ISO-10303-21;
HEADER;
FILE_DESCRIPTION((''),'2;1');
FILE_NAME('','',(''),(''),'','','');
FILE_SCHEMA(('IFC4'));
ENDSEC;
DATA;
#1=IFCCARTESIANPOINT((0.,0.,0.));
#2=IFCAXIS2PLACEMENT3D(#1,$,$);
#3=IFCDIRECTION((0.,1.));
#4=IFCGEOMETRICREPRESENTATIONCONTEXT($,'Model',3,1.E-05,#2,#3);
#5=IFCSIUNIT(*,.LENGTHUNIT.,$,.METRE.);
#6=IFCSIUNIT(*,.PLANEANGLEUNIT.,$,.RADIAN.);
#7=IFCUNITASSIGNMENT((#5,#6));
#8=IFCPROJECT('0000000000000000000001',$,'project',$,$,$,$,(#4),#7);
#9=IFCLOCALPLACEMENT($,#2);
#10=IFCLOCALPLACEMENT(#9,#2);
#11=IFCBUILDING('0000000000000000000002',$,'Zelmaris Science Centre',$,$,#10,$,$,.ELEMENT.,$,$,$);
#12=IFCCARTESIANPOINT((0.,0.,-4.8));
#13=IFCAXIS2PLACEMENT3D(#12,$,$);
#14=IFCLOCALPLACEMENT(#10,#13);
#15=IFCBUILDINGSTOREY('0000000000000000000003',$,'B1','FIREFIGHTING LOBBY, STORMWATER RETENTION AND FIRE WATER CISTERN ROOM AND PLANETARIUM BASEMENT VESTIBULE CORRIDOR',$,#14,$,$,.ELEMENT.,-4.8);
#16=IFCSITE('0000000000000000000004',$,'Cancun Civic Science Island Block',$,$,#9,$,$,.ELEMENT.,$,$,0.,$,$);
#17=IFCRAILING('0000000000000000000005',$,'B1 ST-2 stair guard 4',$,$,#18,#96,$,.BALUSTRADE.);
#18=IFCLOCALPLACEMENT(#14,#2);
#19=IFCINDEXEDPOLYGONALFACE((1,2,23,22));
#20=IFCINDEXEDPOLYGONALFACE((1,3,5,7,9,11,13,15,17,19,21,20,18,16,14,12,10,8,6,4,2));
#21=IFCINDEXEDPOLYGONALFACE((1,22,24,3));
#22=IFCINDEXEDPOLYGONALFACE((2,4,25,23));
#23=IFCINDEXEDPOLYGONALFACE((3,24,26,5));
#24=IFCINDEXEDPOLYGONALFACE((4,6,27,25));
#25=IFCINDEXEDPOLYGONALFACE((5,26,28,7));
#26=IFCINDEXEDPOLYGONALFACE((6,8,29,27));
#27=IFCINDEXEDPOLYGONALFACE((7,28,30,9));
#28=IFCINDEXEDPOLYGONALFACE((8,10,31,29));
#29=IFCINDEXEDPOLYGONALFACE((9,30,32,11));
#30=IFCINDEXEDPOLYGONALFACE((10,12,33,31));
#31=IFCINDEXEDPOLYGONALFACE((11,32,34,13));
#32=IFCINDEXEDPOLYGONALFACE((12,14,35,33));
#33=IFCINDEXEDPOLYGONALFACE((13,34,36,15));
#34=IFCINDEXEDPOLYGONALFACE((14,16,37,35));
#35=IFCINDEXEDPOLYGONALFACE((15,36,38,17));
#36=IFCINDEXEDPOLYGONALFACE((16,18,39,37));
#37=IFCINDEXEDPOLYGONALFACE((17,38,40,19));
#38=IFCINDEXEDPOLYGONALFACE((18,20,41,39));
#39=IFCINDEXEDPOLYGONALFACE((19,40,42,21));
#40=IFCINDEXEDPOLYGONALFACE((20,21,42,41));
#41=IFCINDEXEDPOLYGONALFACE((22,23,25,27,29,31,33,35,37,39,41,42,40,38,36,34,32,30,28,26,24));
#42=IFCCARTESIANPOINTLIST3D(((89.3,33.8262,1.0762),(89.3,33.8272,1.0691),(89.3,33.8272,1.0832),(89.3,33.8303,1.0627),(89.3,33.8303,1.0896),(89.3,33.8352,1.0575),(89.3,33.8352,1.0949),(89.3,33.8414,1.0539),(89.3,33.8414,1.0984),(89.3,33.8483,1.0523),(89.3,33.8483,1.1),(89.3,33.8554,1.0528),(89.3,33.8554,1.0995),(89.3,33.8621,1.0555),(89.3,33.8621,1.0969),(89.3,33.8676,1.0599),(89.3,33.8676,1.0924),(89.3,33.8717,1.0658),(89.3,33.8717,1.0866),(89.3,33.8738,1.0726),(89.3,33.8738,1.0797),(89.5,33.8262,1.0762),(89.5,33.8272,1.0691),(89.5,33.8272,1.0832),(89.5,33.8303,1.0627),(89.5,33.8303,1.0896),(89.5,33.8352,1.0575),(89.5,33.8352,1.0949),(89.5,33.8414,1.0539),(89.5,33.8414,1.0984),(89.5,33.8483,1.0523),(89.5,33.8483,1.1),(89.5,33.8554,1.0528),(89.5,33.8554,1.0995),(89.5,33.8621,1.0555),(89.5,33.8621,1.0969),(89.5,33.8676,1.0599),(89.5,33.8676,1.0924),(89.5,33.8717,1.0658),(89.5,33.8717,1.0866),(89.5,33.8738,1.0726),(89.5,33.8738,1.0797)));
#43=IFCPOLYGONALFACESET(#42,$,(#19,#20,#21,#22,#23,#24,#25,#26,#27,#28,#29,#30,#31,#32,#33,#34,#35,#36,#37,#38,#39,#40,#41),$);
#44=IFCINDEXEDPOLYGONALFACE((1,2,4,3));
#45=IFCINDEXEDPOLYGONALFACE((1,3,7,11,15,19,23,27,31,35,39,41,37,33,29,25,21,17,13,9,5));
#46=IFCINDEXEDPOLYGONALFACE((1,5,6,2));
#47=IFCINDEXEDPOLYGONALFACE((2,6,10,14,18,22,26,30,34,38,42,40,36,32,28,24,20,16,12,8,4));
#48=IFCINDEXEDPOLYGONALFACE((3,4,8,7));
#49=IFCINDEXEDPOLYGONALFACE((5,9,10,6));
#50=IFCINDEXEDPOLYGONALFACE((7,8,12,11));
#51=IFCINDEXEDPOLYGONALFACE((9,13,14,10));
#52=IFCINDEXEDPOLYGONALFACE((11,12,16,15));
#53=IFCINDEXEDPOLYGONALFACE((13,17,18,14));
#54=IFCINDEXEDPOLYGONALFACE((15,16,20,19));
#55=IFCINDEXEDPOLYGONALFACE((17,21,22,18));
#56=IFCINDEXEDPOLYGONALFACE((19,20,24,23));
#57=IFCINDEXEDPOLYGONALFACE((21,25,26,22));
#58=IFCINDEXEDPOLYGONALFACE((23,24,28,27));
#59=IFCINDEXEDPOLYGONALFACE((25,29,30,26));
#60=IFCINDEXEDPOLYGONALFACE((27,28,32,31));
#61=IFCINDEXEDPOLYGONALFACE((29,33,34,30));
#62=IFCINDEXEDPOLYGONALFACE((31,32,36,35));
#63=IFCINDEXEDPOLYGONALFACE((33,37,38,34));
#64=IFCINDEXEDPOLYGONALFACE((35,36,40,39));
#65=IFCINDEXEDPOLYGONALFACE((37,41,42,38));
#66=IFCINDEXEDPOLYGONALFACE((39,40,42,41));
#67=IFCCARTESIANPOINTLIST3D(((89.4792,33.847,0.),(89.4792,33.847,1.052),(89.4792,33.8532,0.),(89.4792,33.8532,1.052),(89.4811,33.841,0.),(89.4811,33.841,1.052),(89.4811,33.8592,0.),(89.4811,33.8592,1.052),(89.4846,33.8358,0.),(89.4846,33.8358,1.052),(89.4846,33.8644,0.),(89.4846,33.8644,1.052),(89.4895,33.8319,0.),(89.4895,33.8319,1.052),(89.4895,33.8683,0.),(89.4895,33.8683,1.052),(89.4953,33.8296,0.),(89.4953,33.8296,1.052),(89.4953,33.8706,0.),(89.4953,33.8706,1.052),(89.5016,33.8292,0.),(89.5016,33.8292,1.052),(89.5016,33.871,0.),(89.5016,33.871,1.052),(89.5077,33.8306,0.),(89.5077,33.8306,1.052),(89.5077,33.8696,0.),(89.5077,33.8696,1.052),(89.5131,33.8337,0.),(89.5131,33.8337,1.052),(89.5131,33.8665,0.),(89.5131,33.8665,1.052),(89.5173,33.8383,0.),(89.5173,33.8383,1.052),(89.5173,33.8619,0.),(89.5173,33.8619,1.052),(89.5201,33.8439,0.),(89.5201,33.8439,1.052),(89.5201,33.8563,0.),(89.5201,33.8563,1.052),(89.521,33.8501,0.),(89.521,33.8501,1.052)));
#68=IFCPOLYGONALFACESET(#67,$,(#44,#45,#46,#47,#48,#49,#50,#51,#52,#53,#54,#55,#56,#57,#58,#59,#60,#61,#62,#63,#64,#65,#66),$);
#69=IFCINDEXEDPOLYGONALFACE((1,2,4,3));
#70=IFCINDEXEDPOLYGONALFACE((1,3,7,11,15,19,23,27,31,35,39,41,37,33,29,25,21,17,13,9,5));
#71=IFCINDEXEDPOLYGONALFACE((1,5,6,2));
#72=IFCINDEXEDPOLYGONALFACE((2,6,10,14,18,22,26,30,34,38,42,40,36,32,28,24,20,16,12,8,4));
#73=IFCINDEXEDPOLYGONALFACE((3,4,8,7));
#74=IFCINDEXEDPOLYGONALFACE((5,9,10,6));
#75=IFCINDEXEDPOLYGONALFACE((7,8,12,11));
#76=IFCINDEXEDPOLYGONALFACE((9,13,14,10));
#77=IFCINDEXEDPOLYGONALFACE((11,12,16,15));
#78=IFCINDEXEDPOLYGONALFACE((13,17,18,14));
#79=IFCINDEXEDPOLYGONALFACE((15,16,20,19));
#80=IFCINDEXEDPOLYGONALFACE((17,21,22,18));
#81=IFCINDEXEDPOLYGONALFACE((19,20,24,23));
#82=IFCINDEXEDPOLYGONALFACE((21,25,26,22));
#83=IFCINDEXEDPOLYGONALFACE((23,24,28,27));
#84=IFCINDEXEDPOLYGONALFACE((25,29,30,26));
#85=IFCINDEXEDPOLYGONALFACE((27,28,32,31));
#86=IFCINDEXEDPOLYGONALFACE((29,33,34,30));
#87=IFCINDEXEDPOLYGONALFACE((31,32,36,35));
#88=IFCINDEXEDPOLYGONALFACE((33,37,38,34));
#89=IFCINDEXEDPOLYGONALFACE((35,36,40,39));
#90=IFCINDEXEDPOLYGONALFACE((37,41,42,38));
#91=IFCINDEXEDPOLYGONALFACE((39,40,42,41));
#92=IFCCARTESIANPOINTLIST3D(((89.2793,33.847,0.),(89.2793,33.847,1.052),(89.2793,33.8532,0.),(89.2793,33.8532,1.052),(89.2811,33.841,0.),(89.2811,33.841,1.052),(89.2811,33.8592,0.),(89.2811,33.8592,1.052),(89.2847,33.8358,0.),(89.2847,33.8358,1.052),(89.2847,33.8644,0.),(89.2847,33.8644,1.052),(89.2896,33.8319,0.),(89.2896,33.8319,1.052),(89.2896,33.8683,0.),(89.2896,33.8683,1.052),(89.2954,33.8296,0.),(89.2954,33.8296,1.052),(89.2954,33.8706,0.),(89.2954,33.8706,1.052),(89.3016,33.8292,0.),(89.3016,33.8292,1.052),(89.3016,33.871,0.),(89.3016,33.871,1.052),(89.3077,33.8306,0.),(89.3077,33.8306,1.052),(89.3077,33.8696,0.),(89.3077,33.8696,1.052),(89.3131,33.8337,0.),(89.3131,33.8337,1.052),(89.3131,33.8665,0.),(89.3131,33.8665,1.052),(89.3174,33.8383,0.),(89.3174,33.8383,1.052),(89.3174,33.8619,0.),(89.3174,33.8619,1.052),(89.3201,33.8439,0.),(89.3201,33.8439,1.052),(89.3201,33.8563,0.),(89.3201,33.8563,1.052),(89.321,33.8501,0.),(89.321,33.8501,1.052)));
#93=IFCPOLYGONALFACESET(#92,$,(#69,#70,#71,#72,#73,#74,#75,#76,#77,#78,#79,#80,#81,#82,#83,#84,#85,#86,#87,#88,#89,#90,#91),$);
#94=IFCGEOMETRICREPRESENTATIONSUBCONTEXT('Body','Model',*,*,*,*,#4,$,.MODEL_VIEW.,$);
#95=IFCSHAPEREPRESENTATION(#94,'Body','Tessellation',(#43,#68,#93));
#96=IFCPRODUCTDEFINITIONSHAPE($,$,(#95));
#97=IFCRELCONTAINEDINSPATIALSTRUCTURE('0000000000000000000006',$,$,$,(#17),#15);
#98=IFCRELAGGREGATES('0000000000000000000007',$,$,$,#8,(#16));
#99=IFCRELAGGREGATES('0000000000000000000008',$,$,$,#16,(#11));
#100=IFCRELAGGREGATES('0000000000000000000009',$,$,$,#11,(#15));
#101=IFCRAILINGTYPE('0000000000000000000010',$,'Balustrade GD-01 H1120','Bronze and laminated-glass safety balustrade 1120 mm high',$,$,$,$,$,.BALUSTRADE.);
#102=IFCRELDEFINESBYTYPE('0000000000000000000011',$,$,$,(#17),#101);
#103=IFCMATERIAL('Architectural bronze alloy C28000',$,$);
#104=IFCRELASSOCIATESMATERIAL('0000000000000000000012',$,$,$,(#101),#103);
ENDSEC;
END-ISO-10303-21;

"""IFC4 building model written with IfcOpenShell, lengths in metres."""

from ifc_helpers import new_model, si_unit, direction, frame, origin, origin_2d, place, context, subcontext, project, spatial, circle, extrude, material, type_object, element, save


model = new_model("IFC4")

# Units and contexts
model_context = context("Model", 3, precision=1e-05, world=origin(), true_north=direction((0.0, 1.0)))
body_context = subcontext(model_context, "Body", "Model", "MODEL_VIEW")
ifc_project = project(units=[si_unit("LENGTHUNIT", "METRE"), si_unit("PLANEANGLEUNIT", "RADIAN")], contexts=[model_context])

# Site, building, storey
site_placement = place(None, origin())
site = spatial("IfcSite", under=ifc_project, at=site_placement, Name="Cancun Civic Science Island Block", CompositionType="ELEMENT", RefElevation=0.0)
building_placement = place(site_placement, origin())
building = spatial("IfcBuilding", under=site, at=building_placement, Name="Zelmaris Science Centre", CompositionType="ELEMENT")
storey_placement = place(building_placement, frame((0.0, 0.0, -4.8)))
storey = spatial("IfcBuildingStorey", under=building, at=storey_placement, Name="B1", Description="FIREFIGHTING LOBBY, STORMWATER RETENTION AND FIRE WATER CISTERN ROOM AND PLANETARIUM BASEMENT VESTIBULE CORRIDOR", CompositionType="ELEMENT", Elevation=-4.8)

# Railing
ifc_material_1 = material(Name="Architectural bronze alloy C28000")
railing_type_1 = type_object("IfcRailingType", Name="Balustrade GD-01 H1120", Description="Bronze and laminated-glass safety balustrade 1120 mm high", PredefinedType="BALUSTRADE", material=ifc_material_1)
railing_1_placement = place(storey_placement, frame((89.5, 33.8501, 0.0)))
element("IfcRailing", 1, at=railing_1_placement, inside=storey, type_object=railing_type_1, Name="B1 ST-2 stair guard 4", PredefinedType="BALUSTRADE", context=body_context, shape_type="SweptSolid", body=[
    extrude(circle(Radius=0.0239, at=origin_2d()), frame((0.0, 0.0, 1.0762), z_axis=(-1.0, 0.0, 0.0), x_axis=(0.0, -1.0, 0.0)), (0.0, 0.0, 1.0), 0.2),
    extrude(circle(Radius=0.021, at=origin_2d()), origin(), (0.0, 0.0, 1.0), 1.052),
    extrude(circle(Radius=0.021, at=origin_2d()), frame((-0.2, 0.0, 0.0)), (0.0, 0.0, 1.0), 1.052),
])

save(model, "model.ifc")
